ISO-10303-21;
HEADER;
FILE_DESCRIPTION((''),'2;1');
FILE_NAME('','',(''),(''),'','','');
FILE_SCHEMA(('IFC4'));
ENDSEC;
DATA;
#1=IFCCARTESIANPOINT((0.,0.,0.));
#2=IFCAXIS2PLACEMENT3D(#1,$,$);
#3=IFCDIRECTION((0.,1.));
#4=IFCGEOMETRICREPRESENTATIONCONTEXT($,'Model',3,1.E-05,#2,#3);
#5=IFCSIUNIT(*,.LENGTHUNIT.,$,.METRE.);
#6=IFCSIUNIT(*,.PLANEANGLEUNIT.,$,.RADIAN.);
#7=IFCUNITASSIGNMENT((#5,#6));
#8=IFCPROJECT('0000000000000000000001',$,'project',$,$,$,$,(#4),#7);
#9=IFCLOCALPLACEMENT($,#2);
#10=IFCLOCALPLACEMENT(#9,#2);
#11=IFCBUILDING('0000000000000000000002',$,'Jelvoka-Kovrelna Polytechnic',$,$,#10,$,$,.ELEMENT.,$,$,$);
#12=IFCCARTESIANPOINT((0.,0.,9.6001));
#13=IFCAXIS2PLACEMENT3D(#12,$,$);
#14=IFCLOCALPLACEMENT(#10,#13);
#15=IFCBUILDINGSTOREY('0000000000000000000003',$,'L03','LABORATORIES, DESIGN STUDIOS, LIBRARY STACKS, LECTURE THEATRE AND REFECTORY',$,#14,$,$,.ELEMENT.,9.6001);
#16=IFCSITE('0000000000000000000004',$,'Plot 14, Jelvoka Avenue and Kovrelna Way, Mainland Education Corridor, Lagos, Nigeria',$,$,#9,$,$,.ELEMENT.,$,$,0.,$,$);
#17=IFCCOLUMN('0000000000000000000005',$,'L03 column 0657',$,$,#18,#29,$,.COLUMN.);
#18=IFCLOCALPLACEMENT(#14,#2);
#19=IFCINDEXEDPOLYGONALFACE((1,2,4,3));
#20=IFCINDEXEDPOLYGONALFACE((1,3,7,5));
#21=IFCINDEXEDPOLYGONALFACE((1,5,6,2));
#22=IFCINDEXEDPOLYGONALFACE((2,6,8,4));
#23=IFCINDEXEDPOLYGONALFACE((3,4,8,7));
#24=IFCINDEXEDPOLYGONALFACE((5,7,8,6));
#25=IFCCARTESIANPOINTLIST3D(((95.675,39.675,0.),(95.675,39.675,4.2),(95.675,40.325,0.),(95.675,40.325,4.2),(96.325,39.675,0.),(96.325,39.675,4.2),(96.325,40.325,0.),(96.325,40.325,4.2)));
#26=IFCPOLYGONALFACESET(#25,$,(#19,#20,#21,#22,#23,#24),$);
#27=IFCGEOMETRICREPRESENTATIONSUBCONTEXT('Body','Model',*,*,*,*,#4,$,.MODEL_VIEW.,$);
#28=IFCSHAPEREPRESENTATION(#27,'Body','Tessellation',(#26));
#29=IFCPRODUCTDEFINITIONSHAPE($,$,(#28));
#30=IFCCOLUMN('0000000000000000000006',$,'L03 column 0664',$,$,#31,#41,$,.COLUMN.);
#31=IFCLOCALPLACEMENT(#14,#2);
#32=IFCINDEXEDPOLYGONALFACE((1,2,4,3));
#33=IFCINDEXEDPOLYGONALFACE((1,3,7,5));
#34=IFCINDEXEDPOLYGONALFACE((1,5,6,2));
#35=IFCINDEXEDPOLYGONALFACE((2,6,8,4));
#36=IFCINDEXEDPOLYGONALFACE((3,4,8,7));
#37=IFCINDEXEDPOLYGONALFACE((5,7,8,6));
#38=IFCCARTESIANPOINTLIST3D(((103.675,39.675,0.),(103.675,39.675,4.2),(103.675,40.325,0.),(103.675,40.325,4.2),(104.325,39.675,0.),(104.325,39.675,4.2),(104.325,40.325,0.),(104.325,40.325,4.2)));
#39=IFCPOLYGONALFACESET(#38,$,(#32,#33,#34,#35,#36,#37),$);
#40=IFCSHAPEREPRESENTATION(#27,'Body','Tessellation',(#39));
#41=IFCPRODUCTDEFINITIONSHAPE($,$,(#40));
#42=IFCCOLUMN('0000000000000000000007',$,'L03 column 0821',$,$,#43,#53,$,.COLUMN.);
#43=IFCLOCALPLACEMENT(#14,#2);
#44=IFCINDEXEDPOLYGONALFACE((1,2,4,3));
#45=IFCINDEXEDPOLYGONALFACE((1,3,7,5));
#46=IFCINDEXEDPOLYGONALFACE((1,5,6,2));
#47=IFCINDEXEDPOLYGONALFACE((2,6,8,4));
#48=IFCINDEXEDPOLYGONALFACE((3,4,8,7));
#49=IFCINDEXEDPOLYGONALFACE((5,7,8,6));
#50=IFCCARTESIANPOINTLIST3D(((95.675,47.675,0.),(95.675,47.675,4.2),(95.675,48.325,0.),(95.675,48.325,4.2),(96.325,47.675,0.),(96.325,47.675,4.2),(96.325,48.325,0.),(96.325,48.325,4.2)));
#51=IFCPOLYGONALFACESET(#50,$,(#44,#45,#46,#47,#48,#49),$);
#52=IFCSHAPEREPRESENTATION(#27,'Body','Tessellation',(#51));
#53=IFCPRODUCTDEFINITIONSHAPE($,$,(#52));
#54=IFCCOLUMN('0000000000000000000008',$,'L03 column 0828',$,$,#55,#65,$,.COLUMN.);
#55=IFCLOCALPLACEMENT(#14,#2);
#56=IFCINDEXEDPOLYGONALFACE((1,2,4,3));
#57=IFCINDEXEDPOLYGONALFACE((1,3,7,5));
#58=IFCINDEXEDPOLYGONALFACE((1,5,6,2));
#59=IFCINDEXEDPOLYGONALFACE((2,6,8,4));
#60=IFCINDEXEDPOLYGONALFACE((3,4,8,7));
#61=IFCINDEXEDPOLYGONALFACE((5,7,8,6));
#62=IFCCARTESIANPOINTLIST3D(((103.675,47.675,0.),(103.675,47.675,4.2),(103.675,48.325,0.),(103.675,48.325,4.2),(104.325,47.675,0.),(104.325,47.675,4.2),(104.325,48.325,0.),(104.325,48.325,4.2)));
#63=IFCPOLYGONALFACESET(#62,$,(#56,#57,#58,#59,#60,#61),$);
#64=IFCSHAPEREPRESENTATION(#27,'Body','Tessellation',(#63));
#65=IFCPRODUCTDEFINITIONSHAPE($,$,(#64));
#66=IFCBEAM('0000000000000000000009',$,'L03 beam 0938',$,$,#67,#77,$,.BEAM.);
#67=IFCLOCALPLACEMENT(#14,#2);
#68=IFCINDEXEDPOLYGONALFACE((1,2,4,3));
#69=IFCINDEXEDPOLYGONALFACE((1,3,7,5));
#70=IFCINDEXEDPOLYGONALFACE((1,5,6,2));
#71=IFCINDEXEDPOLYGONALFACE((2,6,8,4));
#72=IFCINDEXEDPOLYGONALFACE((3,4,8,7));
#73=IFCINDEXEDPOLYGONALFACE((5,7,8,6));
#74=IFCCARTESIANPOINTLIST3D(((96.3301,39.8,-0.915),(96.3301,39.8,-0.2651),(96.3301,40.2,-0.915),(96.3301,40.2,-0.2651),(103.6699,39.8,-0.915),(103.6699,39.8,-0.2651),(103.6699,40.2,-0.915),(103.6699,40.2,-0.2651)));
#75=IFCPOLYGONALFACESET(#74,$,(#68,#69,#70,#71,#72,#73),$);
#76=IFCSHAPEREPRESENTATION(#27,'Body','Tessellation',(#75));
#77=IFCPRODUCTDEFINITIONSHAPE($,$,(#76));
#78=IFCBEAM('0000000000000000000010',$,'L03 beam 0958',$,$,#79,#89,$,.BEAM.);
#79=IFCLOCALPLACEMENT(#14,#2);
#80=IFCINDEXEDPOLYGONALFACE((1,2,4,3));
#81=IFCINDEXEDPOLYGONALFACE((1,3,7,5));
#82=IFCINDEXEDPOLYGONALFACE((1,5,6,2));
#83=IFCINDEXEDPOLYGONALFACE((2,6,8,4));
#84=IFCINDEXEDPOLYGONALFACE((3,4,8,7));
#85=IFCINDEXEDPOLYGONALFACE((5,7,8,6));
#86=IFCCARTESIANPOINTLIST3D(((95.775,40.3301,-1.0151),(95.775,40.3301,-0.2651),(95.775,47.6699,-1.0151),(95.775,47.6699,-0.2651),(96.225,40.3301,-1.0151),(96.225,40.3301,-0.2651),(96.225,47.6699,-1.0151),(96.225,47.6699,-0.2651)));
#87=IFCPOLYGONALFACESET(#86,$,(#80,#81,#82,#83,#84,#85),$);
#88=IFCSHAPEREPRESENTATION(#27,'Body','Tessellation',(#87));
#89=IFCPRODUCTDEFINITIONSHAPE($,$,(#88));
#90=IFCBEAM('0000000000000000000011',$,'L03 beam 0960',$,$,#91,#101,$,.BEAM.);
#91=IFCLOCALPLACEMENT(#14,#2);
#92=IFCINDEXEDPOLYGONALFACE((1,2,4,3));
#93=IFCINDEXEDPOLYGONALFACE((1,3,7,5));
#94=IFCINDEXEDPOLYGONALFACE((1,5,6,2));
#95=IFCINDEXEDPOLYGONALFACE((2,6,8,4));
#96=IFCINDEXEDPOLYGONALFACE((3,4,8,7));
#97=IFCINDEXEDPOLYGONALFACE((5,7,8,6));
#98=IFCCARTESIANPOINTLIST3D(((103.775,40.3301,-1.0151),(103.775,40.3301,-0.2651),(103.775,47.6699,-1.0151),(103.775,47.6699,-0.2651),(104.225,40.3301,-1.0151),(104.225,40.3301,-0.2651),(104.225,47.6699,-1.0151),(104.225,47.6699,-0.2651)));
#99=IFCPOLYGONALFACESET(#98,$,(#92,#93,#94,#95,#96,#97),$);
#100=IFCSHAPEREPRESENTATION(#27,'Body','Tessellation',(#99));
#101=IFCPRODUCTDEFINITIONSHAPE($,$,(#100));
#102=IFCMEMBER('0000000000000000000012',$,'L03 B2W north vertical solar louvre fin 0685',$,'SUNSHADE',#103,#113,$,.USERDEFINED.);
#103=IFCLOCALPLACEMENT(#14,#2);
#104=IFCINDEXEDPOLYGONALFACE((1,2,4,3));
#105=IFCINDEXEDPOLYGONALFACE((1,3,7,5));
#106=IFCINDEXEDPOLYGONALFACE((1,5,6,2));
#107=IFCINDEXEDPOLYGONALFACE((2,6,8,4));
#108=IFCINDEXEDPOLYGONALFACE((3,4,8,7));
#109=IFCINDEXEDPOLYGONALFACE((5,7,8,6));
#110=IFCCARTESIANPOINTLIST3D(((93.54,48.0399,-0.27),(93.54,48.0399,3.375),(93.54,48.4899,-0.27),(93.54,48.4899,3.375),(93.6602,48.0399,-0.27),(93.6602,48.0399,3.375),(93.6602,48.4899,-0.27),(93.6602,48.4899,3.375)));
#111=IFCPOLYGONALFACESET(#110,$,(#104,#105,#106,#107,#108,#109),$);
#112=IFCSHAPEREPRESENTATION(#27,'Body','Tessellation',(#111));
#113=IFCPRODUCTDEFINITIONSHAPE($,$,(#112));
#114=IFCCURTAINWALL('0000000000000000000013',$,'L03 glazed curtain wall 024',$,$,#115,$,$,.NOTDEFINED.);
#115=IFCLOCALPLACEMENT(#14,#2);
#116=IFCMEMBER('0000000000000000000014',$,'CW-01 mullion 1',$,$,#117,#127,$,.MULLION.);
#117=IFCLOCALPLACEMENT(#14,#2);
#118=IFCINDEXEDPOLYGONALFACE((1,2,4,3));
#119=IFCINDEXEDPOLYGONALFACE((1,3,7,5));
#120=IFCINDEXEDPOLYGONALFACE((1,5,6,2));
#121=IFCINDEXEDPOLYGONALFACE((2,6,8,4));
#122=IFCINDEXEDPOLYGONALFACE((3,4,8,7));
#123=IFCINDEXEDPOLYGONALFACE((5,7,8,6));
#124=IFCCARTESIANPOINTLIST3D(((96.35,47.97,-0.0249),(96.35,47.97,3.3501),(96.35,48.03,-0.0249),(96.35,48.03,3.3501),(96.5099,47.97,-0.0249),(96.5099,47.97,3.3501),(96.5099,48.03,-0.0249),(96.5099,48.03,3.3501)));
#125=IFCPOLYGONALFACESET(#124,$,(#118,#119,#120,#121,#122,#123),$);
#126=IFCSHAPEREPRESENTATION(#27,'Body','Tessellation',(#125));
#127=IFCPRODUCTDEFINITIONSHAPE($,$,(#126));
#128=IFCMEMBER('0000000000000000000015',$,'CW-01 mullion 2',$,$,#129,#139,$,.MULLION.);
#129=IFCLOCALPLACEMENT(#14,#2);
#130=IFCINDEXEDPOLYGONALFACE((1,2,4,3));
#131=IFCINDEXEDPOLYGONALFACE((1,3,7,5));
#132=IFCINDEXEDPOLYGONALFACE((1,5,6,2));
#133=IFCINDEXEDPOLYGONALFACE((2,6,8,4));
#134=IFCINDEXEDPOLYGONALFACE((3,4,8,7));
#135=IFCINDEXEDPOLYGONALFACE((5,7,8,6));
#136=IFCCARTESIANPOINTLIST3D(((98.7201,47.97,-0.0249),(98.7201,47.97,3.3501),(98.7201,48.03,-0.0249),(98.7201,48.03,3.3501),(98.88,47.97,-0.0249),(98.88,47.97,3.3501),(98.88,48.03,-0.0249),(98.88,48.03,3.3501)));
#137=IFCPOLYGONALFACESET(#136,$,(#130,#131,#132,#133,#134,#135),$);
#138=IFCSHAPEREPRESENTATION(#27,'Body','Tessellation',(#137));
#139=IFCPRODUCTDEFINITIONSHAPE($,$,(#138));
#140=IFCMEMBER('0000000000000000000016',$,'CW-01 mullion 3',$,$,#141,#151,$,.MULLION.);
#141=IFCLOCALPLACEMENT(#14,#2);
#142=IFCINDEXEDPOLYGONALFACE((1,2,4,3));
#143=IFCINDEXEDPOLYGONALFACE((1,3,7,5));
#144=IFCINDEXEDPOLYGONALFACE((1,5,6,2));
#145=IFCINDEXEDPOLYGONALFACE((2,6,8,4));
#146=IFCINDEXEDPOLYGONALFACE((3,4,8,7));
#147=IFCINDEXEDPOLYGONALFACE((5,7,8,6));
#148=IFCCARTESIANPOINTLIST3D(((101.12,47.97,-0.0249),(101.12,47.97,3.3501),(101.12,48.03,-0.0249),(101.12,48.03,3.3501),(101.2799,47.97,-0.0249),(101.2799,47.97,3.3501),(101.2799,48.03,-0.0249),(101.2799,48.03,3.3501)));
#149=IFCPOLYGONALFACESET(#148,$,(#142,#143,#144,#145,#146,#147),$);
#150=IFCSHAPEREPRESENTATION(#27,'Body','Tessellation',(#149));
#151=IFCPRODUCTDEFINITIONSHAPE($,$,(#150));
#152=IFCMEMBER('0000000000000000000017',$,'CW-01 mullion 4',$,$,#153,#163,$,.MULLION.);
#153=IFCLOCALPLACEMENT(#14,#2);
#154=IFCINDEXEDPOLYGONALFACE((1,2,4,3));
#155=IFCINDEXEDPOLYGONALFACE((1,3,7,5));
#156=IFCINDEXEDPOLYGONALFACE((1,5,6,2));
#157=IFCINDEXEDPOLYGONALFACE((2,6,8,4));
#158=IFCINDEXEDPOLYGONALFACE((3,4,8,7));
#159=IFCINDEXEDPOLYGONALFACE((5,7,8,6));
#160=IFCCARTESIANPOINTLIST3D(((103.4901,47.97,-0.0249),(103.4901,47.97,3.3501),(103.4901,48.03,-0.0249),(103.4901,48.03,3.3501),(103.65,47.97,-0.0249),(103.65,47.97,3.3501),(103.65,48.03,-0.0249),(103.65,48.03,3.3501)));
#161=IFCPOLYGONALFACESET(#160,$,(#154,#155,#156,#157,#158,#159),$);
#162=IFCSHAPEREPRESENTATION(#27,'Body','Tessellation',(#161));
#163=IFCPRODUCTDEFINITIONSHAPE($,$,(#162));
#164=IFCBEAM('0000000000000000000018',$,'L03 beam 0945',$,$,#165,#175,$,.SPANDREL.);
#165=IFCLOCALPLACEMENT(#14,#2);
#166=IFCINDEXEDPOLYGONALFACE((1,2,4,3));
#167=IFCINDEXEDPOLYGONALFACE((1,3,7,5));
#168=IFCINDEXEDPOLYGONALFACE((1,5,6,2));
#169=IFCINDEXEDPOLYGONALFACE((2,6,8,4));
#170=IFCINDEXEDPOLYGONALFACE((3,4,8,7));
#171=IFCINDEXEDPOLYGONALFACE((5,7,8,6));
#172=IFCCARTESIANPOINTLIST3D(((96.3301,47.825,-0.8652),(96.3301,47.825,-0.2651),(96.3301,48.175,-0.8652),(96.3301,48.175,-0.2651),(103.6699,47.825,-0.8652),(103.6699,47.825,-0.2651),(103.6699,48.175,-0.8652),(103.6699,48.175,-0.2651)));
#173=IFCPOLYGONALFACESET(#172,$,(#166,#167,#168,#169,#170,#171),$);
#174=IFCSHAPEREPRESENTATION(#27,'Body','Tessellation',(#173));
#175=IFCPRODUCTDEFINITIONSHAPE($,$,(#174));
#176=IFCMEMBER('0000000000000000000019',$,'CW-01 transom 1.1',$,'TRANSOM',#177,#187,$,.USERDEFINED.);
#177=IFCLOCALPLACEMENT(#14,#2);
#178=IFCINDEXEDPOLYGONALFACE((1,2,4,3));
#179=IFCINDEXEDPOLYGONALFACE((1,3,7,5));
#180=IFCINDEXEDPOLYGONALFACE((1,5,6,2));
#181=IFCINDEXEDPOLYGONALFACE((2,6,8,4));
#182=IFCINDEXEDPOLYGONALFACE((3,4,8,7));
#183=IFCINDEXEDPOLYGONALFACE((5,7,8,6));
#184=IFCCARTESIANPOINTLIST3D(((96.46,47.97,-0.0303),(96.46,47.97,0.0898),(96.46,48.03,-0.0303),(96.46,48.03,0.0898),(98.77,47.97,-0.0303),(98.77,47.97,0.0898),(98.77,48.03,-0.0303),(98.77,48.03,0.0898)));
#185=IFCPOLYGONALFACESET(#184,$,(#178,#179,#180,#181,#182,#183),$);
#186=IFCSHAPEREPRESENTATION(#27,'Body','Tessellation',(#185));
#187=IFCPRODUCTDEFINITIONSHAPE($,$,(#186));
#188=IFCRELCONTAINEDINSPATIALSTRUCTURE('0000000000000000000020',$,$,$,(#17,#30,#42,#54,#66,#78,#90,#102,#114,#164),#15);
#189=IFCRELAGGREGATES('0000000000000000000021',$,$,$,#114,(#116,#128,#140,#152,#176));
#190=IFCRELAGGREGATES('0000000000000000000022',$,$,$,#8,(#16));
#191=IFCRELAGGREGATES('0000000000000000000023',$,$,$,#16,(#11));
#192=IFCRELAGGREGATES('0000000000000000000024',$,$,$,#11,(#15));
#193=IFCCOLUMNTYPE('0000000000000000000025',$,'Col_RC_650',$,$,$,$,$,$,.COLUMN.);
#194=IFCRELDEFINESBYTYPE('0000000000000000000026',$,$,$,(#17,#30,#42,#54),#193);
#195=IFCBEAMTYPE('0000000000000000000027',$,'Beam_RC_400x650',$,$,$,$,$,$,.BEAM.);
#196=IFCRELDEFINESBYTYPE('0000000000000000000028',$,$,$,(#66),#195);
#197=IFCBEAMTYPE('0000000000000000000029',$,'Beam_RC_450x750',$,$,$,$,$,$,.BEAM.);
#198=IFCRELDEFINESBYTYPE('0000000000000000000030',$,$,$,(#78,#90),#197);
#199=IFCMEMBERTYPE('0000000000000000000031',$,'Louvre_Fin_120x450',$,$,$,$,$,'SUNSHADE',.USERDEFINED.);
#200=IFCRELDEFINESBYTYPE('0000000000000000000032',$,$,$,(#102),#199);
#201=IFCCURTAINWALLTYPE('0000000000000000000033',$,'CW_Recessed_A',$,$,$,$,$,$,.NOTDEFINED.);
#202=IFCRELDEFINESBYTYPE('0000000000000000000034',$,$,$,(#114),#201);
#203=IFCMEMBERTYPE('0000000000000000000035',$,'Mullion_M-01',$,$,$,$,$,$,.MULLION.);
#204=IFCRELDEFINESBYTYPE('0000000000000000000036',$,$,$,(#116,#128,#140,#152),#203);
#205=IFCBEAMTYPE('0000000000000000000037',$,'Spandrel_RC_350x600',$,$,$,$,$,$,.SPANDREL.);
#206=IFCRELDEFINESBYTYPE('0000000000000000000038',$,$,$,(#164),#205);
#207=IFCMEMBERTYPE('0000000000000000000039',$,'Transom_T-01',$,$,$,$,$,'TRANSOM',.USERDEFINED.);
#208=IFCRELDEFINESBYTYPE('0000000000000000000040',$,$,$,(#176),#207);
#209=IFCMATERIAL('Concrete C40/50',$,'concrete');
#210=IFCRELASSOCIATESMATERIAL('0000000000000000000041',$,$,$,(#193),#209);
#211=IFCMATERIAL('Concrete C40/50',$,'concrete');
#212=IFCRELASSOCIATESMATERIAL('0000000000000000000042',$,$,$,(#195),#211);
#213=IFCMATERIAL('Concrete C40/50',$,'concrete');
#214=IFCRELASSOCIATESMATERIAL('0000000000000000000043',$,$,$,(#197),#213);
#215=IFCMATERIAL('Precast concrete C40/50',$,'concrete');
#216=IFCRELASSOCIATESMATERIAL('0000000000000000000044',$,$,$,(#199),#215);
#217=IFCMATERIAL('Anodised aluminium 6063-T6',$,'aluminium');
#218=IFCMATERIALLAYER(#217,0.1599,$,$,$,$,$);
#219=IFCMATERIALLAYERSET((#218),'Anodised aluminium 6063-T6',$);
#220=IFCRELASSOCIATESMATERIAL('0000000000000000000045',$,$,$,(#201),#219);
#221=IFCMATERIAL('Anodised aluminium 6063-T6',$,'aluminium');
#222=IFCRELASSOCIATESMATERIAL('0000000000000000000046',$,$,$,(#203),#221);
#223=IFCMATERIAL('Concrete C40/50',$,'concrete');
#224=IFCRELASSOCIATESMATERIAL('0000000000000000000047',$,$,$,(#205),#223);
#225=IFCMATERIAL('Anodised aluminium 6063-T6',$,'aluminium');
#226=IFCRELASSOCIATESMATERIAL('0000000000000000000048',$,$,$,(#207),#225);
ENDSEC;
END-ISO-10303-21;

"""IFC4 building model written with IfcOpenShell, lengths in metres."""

from ifc_helpers import new_model, si_unit, direction, frame, origin, origin_2d, place, context, subcontext, project, spatial, rectangle, extrude, material, layer, layer_set, material_profile, profile_set, type_object, element, aggregate, save


model = new_model("IFC4")

# Units and contexts
model_context = context("Model", 3, precision=1e-05, world=origin(), true_north=direction((0.0, 1.0)))
body_context = subcontext(model_context, "Body", "Model", "MODEL_VIEW")
ifc_project = project(units=[si_unit("LENGTHUNIT", "METRE"), si_unit("PLANEANGLEUNIT", "RADIAN")], contexts=[model_context])

# Site, building, storey
site_placement = place(None, origin())
site = spatial("IfcSite", under=ifc_project, at=site_placement, Name="Plot 14, Jelvoka Avenue and Kovrelna Way, Mainland Education Corridor, Lagos, Nigeria", CompositionType="ELEMENT", RefElevation=0.0)
building_placement = place(site_placement, origin())
building = spatial("IfcBuilding", under=site, at=building_placement, Name="Jelvoka-Kovrelna Polytechnic", CompositionType="ELEMENT")
storey_placement = place(building_placement, frame((0.0, 0.0, 9.6001)))
storey = spatial("IfcBuildingStorey", under=building, at=storey_placement, Name="L03", Description="LABORATORIES, DESIGN STUDIOS, LIBRARY STACKS, LECTURE THEATRE AND REFECTORY", CompositionType="ELEMENT", Elevation=9.6001)

# Columns
ifc_material_1 = material(Name="Concrete C40/50", Category="concrete")
ifc_material_profile_1 = material_profile(ifc_material_1, rectangle(XDim=0.6499, YDim=0.6499, at=origin_2d()), Name="RC 650x650")
ifc_profile_set_1 = profile_set([ifc_material_profile_1], Name="Concrete C40/50")
column_type = type_object("IfcColumnType", Name="Col_RC_650", PredefinedType="COLUMN", material=ifc_profile_set_1)
for number, where, z_axis, x_axis, name in (
    (1, (96.0, 40.0, 0.0), (0.0, 0.0, 1.0), (1.0, 0.0, 0.0), "L03 column 0657"),
    (2, (104.0, 40.0, 0.0), (0.0, 0.0, 1.0), (1.0, 0.0, 0.0), "L03 column 0664"),
    (3, (96.0, 48.0, 0.0), (0.0, 0.0, 1.0), (1.0, 0.0, 0.0), "L03 column 0821"),
    (4, (104.0, 48.0, 0.0), (0.0, 0.0, 1.0), (1.0, 0.0, 0.0), "L03 column 0828"),
):
    element("IfcColumn", number, at=place(storey_placement, frame(where, z_axis=z_axis, x_axis=x_axis)), inside=storey, type_object=column_type, Name=name, PredefinedType="COLUMN", context=body_context, shape_type="SweptSolid", body=[
        extrude(rectangle(XDim=0.6499, YDim=0.6499, at=origin_2d()), origin(), (0.0, 0.0, 1.0), 4.2),
    ])

# Beams
ifc_material_2 = material(Name="Concrete C40/50", Category="concrete")
ifc_material_profile_2 = material_profile(ifc_material_2, rectangle(XDim=0.3999, YDim=0.6499, at=origin_2d()), Name="RC 400x650")
ifc_profile_set_2 = profile_set([ifc_material_profile_2], Name="Concrete C40/50")
beam_type_1 = type_object("IfcBeamType", Name="Beam_RC_400x650", PredefinedType="BEAM", material=ifc_profile_set_2)
beam_1_placement = place(storey_placement, frame((96.3301, 40.0, -0.5901), z_axis=(1.0, 0.0, 0.0), x_axis=(0.0, 1.0, 0.0)))
element("IfcBeam", 5, at=beam_1_placement, inside=storey, type_object=beam_type_1, Name="L03 beam 0938", PredefinedType="BEAM", context=body_context, shape_type="SweptSolid", body=[
    extrude(rectangle(XDim=0.3999, YDim=0.6499, at=origin_2d()), origin(), (0.0, 0.0, 1.0), 7.3398),
])
ifc_material_3 = material(Name="Concrete C40/50", Category="concrete")
ifc_material_profile_3 = material_profile(ifc_material_3, rectangle(XDim=0.45, YDim=0.75, at=origin_2d()), Name="RC 450x750")
ifc_profile_set_3 = profile_set([ifc_material_profile_3], Name="Concrete C40/50")
beam_type_2 = type_object("IfcBeamType", Name="Beam_RC_450x750", PredefinedType="BEAM", material=ifc_profile_set_3)
for number, where, z_axis, x_axis, name in (
    (6, (96.0, 40.3301, -0.6401), (0.0, 1.0, 0.0), (-1.0, 0.0, 0.0), "L03 beam 0958"),
    (7, (104.0, 40.3301, -0.6401), (0.0, 1.0, 0.0), (-1.0, 0.0, 0.0), "L03 beam 0960"),
):
    element("IfcBeam", number, at=place(storey_placement, frame(where, z_axis=z_axis, x_axis=x_axis)), inside=storey, type_object=beam_type_2, Name=name, PredefinedType="BEAM", context=body_context, shape_type="SweptSolid", body=[
        extrude(rectangle(XDim=0.45, YDim=0.75, at=origin_2d()), origin(), (0.0, 0.0, 1.0), 7.3398),
    ])

# Member
ifc_material_4 = material(Name="Precast concrete C40/50", Category="concrete")
ifc_material_profile_4 = material_profile(ifc_material_4, rectangle(XDim=0.1201, YDim=0.45, at=origin_2d()), Name="PC 120x450")
ifc_profile_set_4 = profile_set([ifc_material_profile_4], Name="Precast concrete C40/50")
member_type_1 = type_object("IfcMemberType", Name="Louvre_Fin_120x450", ElementType="SUNSHADE", PredefinedType="USERDEFINED", material=ifc_profile_set_4)
member_1_placement = place(storey_placement, frame((93.6001, 48.2649, -0.27), z_axis=(0.0, 0.0, 1.0), x_axis=(1.0, 0.0, 0.0)))
element("IfcMember", 8, at=member_1_placement, inside=storey, type_object=member_type_1, Name="L03 B2W north vertical solar louvre fin 0685", ObjectType="SUNSHADE", PredefinedType="USERDEFINED", context=body_context, shape_type="SweptSolid", body=[
    extrude(rectangle(XDim=0.1201, YDim=0.45, at=origin_2d()), origin(), (0.0, 0.0, 1.0), 3.645),
])

# Curtain wall, members
ifc_material_5 = material(Name="Anodised aluminium 6063-T6", Category="aluminium")
ifc_layer_1 = layer(ifc_material_5, 0.1599)
ifc_layer_set_1 = layer_set([ifc_layer_1], Name="Anodised aluminium 6063-T6")
curtain_wall_type = type_object("IfcCurtainWallType", Name="CW_Recessed_A", PredefinedType="NOTDEFINED", material=ifc_layer_set_1)
curtain_wall_placement = place(storey_placement, origin())
curtain_wall = element("IfcCurtainWall", 9, at=curtain_wall_placement, inside=storey, type_object=curtain_wall_type, Name="L03 glazed curtain wall 024", PredefinedType="NOTDEFINED")
ifc_material_6 = material(Name="Anodised aluminium 6063-T6", Category="aluminium")
ifc_material_profile_5 = material_profile(ifc_material_6, rectangle(XDim=0.0601, YDim=0.1599, at=origin_2d()), Name="ALU 60x160")
ifc_profile_set_5 = profile_set([ifc_material_profile_5], Name="Anodised aluminium 6063-T6")
member_type_2 = type_object("IfcMemberType", Name="Mullion_M-01", PredefinedType="MULLION", material=ifc_profile_set_5)
member_2_placement = place(storey_placement, frame((96.4299, 48.0, -0.0249), z_axis=(0.0, 0.0, 1.0), x_axis=(0.0, 1.0, 0.0)))
member_2 = element("IfcMember", 10, at=member_2_placement, type_object=member_type_2, Name="CW-01 mullion 1", PredefinedType="MULLION", context=body_context, shape_type="SweptSolid", body=[
    extrude(rectangle(XDim=0.0601, YDim=0.1599, at=origin_2d()), origin(), (0.0, 0.0, 1.0), 3.375),
])
member_3_placement = place(storey_placement, frame((98.8, 48.0, -0.0249), z_axis=(0.0, 0.0, 1.0), x_axis=(0.0, 1.0, 0.0)))
member_3 = element("IfcMember", 11, at=member_3_placement, type_object=member_type_2, Name="CW-01 mullion 2", PredefinedType="MULLION", context=body_context, shape_type="SweptSolid", body=[
    extrude(rectangle(XDim=0.0601, YDim=0.1599, at=origin_2d()), origin(), (0.0, 0.0, 1.0), 3.375),
])
member_4_placement = place(storey_placement, frame((101.2, 48.0, -0.0249), z_axis=(0.0, 0.0, 1.0), x_axis=(0.0, 1.0, 0.0)))
member_4 = element("IfcMember", 12, at=member_4_placement, type_object=member_type_2, Name="CW-01 mullion 3", PredefinedType="MULLION", context=body_context, shape_type="SweptSolid", body=[
    extrude(rectangle(XDim=0.0601, YDim=0.1599, at=origin_2d()), origin(), (0.0, 0.0, 1.0), 3.375),
])
member_5_placement = place(storey_placement, frame((103.5701, 48.0, -0.0249), z_axis=(0.0, 0.0, 1.0), x_axis=(0.0, 1.0, 0.0)))
member_5 = element("IfcMember", 13, at=member_5_placement, type_object=member_type_2, Name="CW-01 mullion 4", PredefinedType="MULLION", context=body_context, shape_type="SweptSolid", body=[
    extrude(rectangle(XDim=0.0601, YDim=0.1599, at=origin_2d()), origin(), (0.0, 0.0, 1.0), 3.375),
])

# Beam
ifc_material_7 = material(Name="Concrete C40/50", Category="concrete")
ifc_material_profile_6 = material_profile(ifc_material_7, rectangle(XDim=0.3501, YDim=0.6001, at=origin_2d()), Name="RC 350x600")
ifc_profile_set_6 = profile_set([ifc_material_profile_6], Name="Concrete C40/50")
beam_type_3 = type_object("IfcBeamType", Name="Spandrel_RC_350x600", PredefinedType="SPANDREL", material=ifc_profile_set_6)
beam_2_placement = place(storey_placement, frame((96.3301, 48.0, -0.5652), z_axis=(1.0, 0.0, 0.0), x_axis=(0.0, 1.0, 0.0)))
element("IfcBeam", 14, at=beam_2_placement, inside=storey, type_object=beam_type_3, Name="L03 beam 0945", PredefinedType="SPANDREL", context=body_context, shape_type="SweptSolid", body=[
    extrude(rectangle(XDim=0.3501, YDim=0.6001, at=origin_2d()), origin(), (0.0, 0.0, 1.0), 7.3398),
])

# Member
ifc_material_8 = material(Name="Anodised aluminium 6063-T6", Category="aluminium")
ifc_material_profile_7 = material_profile(ifc_material_8, rectangle(XDim=0.0601, YDim=0.1201, at=origin_2d()), Name="ALU 60x120")
ifc_profile_set_7 = profile_set([ifc_material_profile_7], Name="Anodised aluminium 6063-T6")
member_type_3 = type_object("IfcMemberType", Name="Transom_T-01", ElementType="TRANSOM", PredefinedType="USERDEFINED", material=ifc_profile_set_7)
member_6_placement = place(storey_placement, frame((96.46, 48.0, 0.0298), z_axis=(1.0, 0.0, 0.0), x_axis=(0.0, 1.0, 0.0)))
member_6 = element("IfcMember", 15, at=member_6_placement, type_object=member_type_3, Name="CW-01 transom 1.1", ObjectType="TRANSOM", PredefinedType="USERDEFINED", context=body_context, shape_type="SweptSolid", body=[
    extrude(rectangle(XDim=0.0601, YDim=0.1201, at=origin_2d()), origin(), (0.0, 0.0, 1.0), 2.3101),
])

aggregate(curtain_wall, [member_2, member_3, member_4, member_5, member_6])

save(model, "model.ifc")
